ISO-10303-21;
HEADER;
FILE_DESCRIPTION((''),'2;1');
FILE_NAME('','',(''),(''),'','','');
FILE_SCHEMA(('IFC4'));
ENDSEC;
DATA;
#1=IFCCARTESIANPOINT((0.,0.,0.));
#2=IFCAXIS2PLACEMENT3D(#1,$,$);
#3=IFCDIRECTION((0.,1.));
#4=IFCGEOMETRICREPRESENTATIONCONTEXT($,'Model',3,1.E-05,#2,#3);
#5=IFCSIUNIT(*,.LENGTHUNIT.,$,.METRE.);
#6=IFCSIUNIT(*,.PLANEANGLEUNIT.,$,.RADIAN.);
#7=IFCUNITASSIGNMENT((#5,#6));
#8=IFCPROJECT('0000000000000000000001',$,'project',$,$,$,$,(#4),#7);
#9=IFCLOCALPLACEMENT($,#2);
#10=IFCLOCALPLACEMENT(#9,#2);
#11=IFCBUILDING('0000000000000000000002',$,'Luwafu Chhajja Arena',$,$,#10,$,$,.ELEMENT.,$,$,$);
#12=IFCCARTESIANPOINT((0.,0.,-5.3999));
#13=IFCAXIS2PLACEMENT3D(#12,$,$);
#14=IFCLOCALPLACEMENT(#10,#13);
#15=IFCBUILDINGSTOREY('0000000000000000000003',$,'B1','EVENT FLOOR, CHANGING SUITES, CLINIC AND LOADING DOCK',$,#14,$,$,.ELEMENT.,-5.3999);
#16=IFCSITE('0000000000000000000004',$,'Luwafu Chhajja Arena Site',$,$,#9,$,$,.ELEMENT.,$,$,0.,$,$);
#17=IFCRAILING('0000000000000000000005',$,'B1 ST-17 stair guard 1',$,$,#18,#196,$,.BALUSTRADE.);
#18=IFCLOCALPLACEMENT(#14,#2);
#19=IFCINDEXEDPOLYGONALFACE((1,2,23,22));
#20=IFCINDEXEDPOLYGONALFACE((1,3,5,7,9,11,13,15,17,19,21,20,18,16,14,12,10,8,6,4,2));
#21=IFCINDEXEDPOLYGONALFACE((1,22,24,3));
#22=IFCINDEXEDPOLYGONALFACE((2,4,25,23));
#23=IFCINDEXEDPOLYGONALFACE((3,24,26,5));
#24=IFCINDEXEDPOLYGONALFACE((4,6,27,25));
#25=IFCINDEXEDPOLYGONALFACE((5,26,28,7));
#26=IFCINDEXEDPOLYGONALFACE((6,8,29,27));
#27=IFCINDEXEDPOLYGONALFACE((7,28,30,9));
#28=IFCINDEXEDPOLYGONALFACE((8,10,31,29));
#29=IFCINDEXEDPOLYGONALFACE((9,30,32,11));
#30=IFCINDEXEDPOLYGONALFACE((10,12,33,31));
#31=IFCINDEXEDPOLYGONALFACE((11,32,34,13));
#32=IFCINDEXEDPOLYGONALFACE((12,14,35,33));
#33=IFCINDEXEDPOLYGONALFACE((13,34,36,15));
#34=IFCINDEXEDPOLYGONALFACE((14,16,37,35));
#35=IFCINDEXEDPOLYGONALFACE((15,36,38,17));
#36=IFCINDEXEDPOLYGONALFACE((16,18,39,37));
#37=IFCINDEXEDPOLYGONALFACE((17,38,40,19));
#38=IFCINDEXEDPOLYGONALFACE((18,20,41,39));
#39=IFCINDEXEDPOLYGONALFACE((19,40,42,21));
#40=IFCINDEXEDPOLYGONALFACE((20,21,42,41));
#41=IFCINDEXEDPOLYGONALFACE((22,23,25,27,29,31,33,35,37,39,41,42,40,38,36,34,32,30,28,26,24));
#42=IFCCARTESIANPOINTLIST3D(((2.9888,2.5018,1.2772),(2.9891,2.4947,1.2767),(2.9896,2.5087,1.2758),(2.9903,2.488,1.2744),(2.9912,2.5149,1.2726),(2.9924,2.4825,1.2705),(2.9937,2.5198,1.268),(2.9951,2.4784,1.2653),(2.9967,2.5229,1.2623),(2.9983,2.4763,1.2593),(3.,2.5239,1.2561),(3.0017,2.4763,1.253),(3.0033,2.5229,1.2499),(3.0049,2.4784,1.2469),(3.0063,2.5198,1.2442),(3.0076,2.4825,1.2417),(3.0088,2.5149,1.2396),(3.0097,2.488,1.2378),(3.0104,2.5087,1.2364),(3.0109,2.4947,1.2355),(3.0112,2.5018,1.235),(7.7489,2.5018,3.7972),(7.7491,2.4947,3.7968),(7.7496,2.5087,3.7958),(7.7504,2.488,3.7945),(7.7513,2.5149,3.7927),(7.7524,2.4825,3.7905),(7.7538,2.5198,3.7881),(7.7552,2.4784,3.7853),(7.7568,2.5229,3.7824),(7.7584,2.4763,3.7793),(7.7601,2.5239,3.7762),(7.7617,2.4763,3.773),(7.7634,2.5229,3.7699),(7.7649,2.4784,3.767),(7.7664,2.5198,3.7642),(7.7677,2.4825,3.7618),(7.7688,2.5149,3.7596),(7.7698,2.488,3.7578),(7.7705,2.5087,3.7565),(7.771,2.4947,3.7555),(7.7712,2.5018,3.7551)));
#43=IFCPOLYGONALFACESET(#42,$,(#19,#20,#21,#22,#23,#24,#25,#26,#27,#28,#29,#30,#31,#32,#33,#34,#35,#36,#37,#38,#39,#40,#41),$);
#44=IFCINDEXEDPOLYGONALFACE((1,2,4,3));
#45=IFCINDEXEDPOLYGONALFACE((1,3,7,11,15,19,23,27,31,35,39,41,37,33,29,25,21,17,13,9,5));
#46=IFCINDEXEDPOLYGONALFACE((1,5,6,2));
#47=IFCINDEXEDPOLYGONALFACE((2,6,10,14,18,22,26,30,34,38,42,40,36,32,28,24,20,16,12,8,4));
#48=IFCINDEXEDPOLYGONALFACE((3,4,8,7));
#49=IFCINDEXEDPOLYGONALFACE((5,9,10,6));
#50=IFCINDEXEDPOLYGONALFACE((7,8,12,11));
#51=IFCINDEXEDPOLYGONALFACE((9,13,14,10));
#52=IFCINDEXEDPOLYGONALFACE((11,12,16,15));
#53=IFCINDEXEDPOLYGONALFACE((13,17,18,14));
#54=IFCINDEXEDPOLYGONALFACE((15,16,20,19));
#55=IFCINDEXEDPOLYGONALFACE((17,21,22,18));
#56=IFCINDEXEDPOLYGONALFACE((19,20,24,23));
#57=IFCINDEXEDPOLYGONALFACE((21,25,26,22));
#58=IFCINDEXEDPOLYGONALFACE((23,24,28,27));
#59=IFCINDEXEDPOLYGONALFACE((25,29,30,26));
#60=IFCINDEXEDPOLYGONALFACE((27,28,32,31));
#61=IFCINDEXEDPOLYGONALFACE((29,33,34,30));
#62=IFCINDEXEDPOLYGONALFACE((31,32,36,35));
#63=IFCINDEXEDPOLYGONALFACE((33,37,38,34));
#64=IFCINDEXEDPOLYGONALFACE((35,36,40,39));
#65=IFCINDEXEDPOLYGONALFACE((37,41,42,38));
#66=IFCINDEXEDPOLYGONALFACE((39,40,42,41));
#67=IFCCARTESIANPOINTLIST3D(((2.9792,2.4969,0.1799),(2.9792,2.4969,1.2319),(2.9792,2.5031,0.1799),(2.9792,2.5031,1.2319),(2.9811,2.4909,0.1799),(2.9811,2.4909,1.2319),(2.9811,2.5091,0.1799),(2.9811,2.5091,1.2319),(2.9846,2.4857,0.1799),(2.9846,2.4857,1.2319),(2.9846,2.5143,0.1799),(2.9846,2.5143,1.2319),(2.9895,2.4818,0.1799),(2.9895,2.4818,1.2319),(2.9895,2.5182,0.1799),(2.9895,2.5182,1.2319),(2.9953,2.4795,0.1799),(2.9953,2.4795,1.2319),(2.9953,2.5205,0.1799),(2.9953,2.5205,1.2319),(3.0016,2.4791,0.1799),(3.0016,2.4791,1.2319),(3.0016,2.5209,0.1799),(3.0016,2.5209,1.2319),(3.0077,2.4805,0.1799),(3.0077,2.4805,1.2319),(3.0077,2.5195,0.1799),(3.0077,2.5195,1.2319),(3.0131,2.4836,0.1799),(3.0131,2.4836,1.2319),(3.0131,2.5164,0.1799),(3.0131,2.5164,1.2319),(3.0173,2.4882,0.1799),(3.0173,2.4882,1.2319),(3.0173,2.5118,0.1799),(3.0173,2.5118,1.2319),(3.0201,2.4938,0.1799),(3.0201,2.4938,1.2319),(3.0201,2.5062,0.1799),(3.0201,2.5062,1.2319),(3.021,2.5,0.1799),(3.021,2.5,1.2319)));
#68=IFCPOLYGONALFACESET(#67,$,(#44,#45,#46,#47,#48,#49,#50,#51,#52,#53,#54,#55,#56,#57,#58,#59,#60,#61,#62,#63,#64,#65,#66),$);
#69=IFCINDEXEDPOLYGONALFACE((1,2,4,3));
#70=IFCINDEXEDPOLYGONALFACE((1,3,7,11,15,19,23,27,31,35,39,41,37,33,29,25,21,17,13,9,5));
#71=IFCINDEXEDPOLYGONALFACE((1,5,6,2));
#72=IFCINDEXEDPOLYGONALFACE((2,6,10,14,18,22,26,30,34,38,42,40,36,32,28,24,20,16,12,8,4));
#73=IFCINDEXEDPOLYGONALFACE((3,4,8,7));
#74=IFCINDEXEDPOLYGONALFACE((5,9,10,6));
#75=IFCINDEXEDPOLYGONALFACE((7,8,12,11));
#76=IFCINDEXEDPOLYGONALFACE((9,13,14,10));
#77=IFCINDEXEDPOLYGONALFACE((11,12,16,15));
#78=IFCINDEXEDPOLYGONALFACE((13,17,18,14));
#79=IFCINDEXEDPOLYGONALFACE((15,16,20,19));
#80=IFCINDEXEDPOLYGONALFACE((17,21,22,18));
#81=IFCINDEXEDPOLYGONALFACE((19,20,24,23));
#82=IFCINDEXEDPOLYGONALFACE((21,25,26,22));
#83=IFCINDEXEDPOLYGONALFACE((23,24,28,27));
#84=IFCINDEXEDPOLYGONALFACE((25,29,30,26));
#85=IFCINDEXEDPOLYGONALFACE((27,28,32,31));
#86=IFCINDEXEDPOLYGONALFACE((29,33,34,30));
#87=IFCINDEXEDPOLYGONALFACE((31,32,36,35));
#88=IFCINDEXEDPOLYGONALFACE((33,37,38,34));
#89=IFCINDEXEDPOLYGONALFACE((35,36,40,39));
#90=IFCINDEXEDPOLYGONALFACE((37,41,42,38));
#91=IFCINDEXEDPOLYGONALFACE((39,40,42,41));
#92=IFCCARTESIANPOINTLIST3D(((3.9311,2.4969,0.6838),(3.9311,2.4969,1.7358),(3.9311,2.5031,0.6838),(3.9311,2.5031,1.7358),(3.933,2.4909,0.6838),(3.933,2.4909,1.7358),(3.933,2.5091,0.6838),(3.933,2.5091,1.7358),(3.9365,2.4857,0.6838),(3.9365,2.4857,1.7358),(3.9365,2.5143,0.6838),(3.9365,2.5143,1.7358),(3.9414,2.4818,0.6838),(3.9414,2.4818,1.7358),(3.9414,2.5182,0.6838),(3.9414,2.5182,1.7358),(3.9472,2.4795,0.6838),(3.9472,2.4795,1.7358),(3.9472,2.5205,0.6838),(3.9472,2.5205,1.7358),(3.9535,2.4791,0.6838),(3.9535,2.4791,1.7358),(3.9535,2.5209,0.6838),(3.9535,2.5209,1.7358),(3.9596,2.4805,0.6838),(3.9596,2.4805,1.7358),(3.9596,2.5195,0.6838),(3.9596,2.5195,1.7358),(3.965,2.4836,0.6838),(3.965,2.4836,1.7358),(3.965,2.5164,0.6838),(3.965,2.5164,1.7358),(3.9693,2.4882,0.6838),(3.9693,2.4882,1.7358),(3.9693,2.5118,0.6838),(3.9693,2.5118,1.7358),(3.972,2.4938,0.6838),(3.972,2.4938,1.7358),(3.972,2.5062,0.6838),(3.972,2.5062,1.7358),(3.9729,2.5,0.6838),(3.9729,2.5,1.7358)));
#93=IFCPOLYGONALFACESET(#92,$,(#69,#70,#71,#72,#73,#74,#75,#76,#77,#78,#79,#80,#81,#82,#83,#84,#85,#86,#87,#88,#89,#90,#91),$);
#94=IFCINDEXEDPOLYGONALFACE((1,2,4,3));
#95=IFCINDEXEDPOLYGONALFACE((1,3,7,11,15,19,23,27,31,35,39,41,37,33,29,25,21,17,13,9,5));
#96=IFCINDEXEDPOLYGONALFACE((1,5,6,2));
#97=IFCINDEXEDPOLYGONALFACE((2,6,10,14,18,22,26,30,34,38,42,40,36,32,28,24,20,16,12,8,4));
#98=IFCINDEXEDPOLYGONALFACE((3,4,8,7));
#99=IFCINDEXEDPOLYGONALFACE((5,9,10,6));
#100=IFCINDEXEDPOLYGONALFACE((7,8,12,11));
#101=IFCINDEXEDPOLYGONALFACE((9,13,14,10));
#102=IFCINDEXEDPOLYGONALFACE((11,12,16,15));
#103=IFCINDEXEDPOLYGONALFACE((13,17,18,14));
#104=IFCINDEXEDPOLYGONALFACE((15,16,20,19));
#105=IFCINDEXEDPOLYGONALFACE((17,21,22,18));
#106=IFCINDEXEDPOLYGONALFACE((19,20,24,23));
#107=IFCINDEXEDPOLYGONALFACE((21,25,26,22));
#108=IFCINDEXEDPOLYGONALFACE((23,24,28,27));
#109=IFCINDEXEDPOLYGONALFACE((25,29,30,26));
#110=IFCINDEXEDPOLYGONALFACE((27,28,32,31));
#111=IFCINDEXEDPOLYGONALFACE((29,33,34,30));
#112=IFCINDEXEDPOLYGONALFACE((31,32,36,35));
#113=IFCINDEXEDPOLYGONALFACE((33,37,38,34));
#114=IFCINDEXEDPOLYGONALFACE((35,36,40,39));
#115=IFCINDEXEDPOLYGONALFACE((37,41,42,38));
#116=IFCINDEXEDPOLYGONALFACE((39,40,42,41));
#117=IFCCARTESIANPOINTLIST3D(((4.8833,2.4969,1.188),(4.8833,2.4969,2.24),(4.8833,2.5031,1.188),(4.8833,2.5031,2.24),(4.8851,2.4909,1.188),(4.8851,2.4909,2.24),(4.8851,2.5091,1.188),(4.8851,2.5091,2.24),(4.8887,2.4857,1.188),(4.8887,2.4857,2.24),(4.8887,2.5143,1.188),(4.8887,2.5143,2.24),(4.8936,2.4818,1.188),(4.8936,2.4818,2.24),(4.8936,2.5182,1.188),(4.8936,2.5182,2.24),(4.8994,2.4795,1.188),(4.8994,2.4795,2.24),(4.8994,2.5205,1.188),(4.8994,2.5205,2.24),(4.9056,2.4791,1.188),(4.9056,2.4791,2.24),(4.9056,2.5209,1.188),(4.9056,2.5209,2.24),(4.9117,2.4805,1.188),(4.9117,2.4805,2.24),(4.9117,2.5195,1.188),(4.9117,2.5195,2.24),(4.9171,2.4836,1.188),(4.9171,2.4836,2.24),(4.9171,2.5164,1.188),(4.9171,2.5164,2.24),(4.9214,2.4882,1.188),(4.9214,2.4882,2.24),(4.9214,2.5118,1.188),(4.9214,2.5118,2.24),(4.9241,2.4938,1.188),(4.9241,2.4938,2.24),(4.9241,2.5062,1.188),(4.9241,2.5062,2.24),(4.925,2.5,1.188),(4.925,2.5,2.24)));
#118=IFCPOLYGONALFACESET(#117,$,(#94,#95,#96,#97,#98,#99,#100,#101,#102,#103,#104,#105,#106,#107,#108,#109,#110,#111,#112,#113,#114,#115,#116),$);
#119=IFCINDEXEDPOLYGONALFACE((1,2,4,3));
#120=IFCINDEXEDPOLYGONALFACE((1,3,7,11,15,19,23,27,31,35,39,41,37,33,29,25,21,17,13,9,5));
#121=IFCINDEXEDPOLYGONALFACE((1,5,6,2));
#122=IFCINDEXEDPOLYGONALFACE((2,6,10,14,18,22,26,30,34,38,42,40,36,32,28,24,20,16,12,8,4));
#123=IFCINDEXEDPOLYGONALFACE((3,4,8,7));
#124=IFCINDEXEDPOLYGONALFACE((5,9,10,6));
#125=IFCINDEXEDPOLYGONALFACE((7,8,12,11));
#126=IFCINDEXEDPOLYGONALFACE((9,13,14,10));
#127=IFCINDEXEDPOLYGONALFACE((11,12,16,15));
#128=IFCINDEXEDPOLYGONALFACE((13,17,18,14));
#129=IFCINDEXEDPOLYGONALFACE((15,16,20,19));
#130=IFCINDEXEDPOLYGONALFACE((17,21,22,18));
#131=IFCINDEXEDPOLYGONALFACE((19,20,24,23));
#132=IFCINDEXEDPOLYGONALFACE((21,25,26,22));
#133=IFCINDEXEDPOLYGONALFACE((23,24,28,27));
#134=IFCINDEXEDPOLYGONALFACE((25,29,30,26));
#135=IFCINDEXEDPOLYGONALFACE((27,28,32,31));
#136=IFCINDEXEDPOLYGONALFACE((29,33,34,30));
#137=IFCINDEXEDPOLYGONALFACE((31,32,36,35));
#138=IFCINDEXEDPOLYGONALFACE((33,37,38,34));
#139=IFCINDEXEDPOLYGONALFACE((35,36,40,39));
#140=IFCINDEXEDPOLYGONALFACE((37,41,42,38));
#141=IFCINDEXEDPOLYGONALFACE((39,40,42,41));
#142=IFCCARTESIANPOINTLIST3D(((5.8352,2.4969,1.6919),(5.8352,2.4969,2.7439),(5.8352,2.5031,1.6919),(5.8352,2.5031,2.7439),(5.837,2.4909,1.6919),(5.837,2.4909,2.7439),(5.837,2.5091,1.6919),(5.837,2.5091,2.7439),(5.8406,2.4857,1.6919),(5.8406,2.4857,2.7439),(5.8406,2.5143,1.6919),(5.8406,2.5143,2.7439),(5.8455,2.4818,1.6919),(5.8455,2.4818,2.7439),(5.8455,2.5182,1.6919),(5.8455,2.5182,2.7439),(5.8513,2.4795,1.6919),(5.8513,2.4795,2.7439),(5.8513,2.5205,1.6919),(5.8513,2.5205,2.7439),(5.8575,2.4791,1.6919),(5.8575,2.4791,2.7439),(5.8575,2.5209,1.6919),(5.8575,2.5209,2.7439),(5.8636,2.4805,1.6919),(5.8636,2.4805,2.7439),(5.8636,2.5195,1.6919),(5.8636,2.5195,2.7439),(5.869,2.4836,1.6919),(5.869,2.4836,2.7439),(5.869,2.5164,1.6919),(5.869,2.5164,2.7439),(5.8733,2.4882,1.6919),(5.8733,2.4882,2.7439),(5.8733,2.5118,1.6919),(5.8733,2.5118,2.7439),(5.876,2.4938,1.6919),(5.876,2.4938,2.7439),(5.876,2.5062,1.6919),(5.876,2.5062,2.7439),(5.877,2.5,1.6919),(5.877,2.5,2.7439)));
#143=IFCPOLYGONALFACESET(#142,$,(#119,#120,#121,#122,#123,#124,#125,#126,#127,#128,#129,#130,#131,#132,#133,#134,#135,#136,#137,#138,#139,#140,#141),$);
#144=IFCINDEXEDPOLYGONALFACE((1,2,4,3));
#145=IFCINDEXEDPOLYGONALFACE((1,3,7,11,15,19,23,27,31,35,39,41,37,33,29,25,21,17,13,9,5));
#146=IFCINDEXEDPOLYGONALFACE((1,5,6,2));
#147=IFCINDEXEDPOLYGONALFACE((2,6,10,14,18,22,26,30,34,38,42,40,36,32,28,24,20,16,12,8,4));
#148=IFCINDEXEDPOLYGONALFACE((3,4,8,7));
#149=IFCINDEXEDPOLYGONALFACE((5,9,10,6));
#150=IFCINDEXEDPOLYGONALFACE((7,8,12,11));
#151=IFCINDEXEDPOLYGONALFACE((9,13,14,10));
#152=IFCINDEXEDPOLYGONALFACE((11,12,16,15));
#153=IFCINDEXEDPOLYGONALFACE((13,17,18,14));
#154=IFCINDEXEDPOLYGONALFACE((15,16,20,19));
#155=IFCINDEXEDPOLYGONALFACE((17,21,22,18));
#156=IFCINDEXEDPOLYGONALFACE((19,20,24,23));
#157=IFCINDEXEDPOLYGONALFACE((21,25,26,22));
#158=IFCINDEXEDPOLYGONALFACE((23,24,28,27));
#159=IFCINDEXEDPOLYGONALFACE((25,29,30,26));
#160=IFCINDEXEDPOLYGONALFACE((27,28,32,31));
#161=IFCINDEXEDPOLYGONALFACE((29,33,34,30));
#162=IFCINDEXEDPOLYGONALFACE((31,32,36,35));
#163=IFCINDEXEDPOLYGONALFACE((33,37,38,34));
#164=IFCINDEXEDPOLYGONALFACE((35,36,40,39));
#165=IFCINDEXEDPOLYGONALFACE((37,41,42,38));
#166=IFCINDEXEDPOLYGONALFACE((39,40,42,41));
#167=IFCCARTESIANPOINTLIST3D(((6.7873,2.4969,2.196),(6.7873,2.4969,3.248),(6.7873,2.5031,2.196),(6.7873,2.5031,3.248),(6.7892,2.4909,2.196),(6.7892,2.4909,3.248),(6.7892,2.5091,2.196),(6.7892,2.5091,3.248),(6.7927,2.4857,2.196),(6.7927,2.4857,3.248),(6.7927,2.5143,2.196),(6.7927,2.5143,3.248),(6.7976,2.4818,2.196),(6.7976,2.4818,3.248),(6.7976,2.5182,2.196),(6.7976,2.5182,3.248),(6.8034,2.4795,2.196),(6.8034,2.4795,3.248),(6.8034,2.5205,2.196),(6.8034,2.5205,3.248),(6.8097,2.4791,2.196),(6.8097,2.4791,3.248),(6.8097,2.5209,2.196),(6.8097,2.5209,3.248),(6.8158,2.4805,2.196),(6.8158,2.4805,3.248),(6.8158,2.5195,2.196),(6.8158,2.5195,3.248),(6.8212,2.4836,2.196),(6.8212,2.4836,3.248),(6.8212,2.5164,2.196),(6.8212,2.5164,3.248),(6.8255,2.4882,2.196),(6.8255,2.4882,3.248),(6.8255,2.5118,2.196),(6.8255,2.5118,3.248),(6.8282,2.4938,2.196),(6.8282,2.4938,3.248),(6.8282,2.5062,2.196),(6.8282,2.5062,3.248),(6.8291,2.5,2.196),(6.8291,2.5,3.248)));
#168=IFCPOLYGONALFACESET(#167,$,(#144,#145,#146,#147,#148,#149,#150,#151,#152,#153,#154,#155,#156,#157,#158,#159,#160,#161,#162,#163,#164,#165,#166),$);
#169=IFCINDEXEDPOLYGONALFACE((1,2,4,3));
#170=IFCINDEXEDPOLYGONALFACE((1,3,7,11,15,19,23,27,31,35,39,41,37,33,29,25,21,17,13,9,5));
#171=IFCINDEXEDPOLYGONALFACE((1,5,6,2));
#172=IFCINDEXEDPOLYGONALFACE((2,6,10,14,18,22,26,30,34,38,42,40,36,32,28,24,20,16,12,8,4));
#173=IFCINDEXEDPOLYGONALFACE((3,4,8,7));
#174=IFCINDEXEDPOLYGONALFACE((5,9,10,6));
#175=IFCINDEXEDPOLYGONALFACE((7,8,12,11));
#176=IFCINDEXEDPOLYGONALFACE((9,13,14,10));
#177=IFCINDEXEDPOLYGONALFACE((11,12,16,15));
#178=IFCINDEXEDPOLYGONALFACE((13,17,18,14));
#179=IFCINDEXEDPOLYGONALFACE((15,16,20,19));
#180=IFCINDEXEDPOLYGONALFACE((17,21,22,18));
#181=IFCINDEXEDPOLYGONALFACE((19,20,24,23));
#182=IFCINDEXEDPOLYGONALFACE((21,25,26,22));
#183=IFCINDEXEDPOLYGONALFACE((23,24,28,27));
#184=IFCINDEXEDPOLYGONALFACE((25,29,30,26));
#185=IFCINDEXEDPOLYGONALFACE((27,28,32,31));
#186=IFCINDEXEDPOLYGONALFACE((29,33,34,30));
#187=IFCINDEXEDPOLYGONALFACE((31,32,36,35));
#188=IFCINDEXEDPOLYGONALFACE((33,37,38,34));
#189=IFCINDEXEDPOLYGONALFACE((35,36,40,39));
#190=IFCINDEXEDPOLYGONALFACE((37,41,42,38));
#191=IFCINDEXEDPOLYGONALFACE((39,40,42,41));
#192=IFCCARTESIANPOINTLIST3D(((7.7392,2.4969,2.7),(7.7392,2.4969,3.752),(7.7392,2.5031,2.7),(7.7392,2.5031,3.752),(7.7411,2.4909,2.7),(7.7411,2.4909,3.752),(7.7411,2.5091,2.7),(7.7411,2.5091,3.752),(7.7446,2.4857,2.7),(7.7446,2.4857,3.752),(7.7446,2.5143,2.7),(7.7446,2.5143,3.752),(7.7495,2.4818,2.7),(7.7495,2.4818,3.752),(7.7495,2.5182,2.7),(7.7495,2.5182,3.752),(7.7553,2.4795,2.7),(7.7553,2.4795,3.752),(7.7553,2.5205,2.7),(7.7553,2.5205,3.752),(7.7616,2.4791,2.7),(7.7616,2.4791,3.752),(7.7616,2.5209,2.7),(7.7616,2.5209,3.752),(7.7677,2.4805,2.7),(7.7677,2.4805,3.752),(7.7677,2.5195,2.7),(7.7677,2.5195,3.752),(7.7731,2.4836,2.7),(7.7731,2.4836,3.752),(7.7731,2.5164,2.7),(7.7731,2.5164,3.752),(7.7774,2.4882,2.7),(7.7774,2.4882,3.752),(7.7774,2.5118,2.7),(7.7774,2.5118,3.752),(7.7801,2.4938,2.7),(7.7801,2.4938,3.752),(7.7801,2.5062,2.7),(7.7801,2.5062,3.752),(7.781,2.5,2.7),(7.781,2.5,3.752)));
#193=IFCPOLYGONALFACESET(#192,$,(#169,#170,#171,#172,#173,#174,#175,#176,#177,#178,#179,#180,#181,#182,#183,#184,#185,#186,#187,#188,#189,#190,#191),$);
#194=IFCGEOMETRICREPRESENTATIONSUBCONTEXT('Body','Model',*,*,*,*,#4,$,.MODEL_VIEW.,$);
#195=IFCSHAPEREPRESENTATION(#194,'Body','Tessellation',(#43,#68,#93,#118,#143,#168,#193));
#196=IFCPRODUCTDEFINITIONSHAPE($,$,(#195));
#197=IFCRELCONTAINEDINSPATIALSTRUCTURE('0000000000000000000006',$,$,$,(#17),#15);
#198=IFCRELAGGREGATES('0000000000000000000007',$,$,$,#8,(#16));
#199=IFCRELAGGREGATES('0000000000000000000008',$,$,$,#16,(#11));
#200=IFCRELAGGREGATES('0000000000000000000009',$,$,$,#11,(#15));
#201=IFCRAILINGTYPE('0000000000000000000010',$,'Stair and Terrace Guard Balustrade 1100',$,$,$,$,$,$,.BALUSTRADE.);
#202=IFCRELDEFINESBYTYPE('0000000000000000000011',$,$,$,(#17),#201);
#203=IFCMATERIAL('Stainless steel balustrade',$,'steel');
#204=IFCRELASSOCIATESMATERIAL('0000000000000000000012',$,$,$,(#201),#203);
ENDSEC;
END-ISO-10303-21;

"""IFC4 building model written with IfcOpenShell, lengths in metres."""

from ifc_helpers import new_model, si_unit, direction, frame, origin, origin_2d, place, context, subcontext, project, spatial, circle, extrude, material, type_object, element, save


model = new_model("IFC4")

# Units and contexts
model_context = context("Model", 3, precision=1e-05, world=origin(), true_north=direction((0.0, 1.0)))
body_context = subcontext(model_context, "Body", "Model", "MODEL_VIEW")
ifc_project = project(units=[si_unit("LENGTHUNIT", "METRE"), si_unit("PLANEANGLEUNIT", "RADIAN")], contexts=[model_context])

# Site, building, storey
site_placement = place(None, origin())
site = spatial("IfcSite", under=ifc_project, at=site_placement, Name="Luwafu Chhajja Arena Site", CompositionType="ELEMENT", RefElevation=0.0)
building_placement = place(site_placement, origin())
building = spatial("IfcBuilding", under=site, at=building_placement, Name="Luwafu Chhajja Arena", CompositionType="ELEMENT")
storey_placement = place(building_placement, frame((0.0, 0.0, -5.3999)))
storey = spatial("IfcBuildingStorey", under=building, at=storey_placement, Name="B1", Description="EVENT FLOOR, CHANGING SUITES, CLINIC AND LOADING DOCK", CompositionType="ELEMENT", Elevation=-5.3999)

# Railing
ifc_material_1 = material(Name="Stainless steel balustrade", Category="steel")
railing_type_1 = type_object("IfcRailingType", Name="Stair and Terrace Guard Balustrade 1100", PredefinedType="BALUSTRADE", material=ifc_material_1)
railing_1_placement = place(storey_placement, frame((3.0, 2.5, 0.1799)))
element("IfcRailing", 1, at=railing_1_placement, inside=storey, type_object=railing_type_1, Name="B1 ST-17 stair guard 1", PredefinedType="BALUSTRADE", context=body_context, shape_type="SweptSolid", body=[
    extrude(circle(Radius=0.0239, at=origin_2d()), frame((0.0, 0.0, 1.0762), z_axis=(0.883787, 0.0, 0.46789), x_axis=(0.0, 1.0, 0.0)), (0.0, 0.0, 1.0), 5.386),
    extrude(circle(Radius=0.021, at=origin_2d()), origin(), (0.0, 0.0, 1.0), 1.052),
    extrude(circle(Radius=0.021, at=origin_2d()), frame((0.9519, 0.0, 0.5039)), (0.0, 0.0, 1.0), 1.052),
    extrude(circle(Radius=0.021, at=origin_2d()), frame((1.9041, 0.0, 1.0081)), (0.0, 0.0, 1.0), 1.052),
    extrude(circle(Radius=0.021, at=origin_2d()), frame((2.856, 0.0, 1.512)), (0.0, 0.0, 1.0), 1.052),
    extrude(circle(Radius=0.021, at=origin_2d()), frame((3.8081, 0.0, 2.0161)), (0.0, 0.0, 1.0), 1.052),
    extrude(circle(Radius=0.021, at=origin_2d()), frame((4.76, 0.0, 2.52)), (0.0, 0.0, 1.0), 1.052),
])

save(model, "model.ifc")
